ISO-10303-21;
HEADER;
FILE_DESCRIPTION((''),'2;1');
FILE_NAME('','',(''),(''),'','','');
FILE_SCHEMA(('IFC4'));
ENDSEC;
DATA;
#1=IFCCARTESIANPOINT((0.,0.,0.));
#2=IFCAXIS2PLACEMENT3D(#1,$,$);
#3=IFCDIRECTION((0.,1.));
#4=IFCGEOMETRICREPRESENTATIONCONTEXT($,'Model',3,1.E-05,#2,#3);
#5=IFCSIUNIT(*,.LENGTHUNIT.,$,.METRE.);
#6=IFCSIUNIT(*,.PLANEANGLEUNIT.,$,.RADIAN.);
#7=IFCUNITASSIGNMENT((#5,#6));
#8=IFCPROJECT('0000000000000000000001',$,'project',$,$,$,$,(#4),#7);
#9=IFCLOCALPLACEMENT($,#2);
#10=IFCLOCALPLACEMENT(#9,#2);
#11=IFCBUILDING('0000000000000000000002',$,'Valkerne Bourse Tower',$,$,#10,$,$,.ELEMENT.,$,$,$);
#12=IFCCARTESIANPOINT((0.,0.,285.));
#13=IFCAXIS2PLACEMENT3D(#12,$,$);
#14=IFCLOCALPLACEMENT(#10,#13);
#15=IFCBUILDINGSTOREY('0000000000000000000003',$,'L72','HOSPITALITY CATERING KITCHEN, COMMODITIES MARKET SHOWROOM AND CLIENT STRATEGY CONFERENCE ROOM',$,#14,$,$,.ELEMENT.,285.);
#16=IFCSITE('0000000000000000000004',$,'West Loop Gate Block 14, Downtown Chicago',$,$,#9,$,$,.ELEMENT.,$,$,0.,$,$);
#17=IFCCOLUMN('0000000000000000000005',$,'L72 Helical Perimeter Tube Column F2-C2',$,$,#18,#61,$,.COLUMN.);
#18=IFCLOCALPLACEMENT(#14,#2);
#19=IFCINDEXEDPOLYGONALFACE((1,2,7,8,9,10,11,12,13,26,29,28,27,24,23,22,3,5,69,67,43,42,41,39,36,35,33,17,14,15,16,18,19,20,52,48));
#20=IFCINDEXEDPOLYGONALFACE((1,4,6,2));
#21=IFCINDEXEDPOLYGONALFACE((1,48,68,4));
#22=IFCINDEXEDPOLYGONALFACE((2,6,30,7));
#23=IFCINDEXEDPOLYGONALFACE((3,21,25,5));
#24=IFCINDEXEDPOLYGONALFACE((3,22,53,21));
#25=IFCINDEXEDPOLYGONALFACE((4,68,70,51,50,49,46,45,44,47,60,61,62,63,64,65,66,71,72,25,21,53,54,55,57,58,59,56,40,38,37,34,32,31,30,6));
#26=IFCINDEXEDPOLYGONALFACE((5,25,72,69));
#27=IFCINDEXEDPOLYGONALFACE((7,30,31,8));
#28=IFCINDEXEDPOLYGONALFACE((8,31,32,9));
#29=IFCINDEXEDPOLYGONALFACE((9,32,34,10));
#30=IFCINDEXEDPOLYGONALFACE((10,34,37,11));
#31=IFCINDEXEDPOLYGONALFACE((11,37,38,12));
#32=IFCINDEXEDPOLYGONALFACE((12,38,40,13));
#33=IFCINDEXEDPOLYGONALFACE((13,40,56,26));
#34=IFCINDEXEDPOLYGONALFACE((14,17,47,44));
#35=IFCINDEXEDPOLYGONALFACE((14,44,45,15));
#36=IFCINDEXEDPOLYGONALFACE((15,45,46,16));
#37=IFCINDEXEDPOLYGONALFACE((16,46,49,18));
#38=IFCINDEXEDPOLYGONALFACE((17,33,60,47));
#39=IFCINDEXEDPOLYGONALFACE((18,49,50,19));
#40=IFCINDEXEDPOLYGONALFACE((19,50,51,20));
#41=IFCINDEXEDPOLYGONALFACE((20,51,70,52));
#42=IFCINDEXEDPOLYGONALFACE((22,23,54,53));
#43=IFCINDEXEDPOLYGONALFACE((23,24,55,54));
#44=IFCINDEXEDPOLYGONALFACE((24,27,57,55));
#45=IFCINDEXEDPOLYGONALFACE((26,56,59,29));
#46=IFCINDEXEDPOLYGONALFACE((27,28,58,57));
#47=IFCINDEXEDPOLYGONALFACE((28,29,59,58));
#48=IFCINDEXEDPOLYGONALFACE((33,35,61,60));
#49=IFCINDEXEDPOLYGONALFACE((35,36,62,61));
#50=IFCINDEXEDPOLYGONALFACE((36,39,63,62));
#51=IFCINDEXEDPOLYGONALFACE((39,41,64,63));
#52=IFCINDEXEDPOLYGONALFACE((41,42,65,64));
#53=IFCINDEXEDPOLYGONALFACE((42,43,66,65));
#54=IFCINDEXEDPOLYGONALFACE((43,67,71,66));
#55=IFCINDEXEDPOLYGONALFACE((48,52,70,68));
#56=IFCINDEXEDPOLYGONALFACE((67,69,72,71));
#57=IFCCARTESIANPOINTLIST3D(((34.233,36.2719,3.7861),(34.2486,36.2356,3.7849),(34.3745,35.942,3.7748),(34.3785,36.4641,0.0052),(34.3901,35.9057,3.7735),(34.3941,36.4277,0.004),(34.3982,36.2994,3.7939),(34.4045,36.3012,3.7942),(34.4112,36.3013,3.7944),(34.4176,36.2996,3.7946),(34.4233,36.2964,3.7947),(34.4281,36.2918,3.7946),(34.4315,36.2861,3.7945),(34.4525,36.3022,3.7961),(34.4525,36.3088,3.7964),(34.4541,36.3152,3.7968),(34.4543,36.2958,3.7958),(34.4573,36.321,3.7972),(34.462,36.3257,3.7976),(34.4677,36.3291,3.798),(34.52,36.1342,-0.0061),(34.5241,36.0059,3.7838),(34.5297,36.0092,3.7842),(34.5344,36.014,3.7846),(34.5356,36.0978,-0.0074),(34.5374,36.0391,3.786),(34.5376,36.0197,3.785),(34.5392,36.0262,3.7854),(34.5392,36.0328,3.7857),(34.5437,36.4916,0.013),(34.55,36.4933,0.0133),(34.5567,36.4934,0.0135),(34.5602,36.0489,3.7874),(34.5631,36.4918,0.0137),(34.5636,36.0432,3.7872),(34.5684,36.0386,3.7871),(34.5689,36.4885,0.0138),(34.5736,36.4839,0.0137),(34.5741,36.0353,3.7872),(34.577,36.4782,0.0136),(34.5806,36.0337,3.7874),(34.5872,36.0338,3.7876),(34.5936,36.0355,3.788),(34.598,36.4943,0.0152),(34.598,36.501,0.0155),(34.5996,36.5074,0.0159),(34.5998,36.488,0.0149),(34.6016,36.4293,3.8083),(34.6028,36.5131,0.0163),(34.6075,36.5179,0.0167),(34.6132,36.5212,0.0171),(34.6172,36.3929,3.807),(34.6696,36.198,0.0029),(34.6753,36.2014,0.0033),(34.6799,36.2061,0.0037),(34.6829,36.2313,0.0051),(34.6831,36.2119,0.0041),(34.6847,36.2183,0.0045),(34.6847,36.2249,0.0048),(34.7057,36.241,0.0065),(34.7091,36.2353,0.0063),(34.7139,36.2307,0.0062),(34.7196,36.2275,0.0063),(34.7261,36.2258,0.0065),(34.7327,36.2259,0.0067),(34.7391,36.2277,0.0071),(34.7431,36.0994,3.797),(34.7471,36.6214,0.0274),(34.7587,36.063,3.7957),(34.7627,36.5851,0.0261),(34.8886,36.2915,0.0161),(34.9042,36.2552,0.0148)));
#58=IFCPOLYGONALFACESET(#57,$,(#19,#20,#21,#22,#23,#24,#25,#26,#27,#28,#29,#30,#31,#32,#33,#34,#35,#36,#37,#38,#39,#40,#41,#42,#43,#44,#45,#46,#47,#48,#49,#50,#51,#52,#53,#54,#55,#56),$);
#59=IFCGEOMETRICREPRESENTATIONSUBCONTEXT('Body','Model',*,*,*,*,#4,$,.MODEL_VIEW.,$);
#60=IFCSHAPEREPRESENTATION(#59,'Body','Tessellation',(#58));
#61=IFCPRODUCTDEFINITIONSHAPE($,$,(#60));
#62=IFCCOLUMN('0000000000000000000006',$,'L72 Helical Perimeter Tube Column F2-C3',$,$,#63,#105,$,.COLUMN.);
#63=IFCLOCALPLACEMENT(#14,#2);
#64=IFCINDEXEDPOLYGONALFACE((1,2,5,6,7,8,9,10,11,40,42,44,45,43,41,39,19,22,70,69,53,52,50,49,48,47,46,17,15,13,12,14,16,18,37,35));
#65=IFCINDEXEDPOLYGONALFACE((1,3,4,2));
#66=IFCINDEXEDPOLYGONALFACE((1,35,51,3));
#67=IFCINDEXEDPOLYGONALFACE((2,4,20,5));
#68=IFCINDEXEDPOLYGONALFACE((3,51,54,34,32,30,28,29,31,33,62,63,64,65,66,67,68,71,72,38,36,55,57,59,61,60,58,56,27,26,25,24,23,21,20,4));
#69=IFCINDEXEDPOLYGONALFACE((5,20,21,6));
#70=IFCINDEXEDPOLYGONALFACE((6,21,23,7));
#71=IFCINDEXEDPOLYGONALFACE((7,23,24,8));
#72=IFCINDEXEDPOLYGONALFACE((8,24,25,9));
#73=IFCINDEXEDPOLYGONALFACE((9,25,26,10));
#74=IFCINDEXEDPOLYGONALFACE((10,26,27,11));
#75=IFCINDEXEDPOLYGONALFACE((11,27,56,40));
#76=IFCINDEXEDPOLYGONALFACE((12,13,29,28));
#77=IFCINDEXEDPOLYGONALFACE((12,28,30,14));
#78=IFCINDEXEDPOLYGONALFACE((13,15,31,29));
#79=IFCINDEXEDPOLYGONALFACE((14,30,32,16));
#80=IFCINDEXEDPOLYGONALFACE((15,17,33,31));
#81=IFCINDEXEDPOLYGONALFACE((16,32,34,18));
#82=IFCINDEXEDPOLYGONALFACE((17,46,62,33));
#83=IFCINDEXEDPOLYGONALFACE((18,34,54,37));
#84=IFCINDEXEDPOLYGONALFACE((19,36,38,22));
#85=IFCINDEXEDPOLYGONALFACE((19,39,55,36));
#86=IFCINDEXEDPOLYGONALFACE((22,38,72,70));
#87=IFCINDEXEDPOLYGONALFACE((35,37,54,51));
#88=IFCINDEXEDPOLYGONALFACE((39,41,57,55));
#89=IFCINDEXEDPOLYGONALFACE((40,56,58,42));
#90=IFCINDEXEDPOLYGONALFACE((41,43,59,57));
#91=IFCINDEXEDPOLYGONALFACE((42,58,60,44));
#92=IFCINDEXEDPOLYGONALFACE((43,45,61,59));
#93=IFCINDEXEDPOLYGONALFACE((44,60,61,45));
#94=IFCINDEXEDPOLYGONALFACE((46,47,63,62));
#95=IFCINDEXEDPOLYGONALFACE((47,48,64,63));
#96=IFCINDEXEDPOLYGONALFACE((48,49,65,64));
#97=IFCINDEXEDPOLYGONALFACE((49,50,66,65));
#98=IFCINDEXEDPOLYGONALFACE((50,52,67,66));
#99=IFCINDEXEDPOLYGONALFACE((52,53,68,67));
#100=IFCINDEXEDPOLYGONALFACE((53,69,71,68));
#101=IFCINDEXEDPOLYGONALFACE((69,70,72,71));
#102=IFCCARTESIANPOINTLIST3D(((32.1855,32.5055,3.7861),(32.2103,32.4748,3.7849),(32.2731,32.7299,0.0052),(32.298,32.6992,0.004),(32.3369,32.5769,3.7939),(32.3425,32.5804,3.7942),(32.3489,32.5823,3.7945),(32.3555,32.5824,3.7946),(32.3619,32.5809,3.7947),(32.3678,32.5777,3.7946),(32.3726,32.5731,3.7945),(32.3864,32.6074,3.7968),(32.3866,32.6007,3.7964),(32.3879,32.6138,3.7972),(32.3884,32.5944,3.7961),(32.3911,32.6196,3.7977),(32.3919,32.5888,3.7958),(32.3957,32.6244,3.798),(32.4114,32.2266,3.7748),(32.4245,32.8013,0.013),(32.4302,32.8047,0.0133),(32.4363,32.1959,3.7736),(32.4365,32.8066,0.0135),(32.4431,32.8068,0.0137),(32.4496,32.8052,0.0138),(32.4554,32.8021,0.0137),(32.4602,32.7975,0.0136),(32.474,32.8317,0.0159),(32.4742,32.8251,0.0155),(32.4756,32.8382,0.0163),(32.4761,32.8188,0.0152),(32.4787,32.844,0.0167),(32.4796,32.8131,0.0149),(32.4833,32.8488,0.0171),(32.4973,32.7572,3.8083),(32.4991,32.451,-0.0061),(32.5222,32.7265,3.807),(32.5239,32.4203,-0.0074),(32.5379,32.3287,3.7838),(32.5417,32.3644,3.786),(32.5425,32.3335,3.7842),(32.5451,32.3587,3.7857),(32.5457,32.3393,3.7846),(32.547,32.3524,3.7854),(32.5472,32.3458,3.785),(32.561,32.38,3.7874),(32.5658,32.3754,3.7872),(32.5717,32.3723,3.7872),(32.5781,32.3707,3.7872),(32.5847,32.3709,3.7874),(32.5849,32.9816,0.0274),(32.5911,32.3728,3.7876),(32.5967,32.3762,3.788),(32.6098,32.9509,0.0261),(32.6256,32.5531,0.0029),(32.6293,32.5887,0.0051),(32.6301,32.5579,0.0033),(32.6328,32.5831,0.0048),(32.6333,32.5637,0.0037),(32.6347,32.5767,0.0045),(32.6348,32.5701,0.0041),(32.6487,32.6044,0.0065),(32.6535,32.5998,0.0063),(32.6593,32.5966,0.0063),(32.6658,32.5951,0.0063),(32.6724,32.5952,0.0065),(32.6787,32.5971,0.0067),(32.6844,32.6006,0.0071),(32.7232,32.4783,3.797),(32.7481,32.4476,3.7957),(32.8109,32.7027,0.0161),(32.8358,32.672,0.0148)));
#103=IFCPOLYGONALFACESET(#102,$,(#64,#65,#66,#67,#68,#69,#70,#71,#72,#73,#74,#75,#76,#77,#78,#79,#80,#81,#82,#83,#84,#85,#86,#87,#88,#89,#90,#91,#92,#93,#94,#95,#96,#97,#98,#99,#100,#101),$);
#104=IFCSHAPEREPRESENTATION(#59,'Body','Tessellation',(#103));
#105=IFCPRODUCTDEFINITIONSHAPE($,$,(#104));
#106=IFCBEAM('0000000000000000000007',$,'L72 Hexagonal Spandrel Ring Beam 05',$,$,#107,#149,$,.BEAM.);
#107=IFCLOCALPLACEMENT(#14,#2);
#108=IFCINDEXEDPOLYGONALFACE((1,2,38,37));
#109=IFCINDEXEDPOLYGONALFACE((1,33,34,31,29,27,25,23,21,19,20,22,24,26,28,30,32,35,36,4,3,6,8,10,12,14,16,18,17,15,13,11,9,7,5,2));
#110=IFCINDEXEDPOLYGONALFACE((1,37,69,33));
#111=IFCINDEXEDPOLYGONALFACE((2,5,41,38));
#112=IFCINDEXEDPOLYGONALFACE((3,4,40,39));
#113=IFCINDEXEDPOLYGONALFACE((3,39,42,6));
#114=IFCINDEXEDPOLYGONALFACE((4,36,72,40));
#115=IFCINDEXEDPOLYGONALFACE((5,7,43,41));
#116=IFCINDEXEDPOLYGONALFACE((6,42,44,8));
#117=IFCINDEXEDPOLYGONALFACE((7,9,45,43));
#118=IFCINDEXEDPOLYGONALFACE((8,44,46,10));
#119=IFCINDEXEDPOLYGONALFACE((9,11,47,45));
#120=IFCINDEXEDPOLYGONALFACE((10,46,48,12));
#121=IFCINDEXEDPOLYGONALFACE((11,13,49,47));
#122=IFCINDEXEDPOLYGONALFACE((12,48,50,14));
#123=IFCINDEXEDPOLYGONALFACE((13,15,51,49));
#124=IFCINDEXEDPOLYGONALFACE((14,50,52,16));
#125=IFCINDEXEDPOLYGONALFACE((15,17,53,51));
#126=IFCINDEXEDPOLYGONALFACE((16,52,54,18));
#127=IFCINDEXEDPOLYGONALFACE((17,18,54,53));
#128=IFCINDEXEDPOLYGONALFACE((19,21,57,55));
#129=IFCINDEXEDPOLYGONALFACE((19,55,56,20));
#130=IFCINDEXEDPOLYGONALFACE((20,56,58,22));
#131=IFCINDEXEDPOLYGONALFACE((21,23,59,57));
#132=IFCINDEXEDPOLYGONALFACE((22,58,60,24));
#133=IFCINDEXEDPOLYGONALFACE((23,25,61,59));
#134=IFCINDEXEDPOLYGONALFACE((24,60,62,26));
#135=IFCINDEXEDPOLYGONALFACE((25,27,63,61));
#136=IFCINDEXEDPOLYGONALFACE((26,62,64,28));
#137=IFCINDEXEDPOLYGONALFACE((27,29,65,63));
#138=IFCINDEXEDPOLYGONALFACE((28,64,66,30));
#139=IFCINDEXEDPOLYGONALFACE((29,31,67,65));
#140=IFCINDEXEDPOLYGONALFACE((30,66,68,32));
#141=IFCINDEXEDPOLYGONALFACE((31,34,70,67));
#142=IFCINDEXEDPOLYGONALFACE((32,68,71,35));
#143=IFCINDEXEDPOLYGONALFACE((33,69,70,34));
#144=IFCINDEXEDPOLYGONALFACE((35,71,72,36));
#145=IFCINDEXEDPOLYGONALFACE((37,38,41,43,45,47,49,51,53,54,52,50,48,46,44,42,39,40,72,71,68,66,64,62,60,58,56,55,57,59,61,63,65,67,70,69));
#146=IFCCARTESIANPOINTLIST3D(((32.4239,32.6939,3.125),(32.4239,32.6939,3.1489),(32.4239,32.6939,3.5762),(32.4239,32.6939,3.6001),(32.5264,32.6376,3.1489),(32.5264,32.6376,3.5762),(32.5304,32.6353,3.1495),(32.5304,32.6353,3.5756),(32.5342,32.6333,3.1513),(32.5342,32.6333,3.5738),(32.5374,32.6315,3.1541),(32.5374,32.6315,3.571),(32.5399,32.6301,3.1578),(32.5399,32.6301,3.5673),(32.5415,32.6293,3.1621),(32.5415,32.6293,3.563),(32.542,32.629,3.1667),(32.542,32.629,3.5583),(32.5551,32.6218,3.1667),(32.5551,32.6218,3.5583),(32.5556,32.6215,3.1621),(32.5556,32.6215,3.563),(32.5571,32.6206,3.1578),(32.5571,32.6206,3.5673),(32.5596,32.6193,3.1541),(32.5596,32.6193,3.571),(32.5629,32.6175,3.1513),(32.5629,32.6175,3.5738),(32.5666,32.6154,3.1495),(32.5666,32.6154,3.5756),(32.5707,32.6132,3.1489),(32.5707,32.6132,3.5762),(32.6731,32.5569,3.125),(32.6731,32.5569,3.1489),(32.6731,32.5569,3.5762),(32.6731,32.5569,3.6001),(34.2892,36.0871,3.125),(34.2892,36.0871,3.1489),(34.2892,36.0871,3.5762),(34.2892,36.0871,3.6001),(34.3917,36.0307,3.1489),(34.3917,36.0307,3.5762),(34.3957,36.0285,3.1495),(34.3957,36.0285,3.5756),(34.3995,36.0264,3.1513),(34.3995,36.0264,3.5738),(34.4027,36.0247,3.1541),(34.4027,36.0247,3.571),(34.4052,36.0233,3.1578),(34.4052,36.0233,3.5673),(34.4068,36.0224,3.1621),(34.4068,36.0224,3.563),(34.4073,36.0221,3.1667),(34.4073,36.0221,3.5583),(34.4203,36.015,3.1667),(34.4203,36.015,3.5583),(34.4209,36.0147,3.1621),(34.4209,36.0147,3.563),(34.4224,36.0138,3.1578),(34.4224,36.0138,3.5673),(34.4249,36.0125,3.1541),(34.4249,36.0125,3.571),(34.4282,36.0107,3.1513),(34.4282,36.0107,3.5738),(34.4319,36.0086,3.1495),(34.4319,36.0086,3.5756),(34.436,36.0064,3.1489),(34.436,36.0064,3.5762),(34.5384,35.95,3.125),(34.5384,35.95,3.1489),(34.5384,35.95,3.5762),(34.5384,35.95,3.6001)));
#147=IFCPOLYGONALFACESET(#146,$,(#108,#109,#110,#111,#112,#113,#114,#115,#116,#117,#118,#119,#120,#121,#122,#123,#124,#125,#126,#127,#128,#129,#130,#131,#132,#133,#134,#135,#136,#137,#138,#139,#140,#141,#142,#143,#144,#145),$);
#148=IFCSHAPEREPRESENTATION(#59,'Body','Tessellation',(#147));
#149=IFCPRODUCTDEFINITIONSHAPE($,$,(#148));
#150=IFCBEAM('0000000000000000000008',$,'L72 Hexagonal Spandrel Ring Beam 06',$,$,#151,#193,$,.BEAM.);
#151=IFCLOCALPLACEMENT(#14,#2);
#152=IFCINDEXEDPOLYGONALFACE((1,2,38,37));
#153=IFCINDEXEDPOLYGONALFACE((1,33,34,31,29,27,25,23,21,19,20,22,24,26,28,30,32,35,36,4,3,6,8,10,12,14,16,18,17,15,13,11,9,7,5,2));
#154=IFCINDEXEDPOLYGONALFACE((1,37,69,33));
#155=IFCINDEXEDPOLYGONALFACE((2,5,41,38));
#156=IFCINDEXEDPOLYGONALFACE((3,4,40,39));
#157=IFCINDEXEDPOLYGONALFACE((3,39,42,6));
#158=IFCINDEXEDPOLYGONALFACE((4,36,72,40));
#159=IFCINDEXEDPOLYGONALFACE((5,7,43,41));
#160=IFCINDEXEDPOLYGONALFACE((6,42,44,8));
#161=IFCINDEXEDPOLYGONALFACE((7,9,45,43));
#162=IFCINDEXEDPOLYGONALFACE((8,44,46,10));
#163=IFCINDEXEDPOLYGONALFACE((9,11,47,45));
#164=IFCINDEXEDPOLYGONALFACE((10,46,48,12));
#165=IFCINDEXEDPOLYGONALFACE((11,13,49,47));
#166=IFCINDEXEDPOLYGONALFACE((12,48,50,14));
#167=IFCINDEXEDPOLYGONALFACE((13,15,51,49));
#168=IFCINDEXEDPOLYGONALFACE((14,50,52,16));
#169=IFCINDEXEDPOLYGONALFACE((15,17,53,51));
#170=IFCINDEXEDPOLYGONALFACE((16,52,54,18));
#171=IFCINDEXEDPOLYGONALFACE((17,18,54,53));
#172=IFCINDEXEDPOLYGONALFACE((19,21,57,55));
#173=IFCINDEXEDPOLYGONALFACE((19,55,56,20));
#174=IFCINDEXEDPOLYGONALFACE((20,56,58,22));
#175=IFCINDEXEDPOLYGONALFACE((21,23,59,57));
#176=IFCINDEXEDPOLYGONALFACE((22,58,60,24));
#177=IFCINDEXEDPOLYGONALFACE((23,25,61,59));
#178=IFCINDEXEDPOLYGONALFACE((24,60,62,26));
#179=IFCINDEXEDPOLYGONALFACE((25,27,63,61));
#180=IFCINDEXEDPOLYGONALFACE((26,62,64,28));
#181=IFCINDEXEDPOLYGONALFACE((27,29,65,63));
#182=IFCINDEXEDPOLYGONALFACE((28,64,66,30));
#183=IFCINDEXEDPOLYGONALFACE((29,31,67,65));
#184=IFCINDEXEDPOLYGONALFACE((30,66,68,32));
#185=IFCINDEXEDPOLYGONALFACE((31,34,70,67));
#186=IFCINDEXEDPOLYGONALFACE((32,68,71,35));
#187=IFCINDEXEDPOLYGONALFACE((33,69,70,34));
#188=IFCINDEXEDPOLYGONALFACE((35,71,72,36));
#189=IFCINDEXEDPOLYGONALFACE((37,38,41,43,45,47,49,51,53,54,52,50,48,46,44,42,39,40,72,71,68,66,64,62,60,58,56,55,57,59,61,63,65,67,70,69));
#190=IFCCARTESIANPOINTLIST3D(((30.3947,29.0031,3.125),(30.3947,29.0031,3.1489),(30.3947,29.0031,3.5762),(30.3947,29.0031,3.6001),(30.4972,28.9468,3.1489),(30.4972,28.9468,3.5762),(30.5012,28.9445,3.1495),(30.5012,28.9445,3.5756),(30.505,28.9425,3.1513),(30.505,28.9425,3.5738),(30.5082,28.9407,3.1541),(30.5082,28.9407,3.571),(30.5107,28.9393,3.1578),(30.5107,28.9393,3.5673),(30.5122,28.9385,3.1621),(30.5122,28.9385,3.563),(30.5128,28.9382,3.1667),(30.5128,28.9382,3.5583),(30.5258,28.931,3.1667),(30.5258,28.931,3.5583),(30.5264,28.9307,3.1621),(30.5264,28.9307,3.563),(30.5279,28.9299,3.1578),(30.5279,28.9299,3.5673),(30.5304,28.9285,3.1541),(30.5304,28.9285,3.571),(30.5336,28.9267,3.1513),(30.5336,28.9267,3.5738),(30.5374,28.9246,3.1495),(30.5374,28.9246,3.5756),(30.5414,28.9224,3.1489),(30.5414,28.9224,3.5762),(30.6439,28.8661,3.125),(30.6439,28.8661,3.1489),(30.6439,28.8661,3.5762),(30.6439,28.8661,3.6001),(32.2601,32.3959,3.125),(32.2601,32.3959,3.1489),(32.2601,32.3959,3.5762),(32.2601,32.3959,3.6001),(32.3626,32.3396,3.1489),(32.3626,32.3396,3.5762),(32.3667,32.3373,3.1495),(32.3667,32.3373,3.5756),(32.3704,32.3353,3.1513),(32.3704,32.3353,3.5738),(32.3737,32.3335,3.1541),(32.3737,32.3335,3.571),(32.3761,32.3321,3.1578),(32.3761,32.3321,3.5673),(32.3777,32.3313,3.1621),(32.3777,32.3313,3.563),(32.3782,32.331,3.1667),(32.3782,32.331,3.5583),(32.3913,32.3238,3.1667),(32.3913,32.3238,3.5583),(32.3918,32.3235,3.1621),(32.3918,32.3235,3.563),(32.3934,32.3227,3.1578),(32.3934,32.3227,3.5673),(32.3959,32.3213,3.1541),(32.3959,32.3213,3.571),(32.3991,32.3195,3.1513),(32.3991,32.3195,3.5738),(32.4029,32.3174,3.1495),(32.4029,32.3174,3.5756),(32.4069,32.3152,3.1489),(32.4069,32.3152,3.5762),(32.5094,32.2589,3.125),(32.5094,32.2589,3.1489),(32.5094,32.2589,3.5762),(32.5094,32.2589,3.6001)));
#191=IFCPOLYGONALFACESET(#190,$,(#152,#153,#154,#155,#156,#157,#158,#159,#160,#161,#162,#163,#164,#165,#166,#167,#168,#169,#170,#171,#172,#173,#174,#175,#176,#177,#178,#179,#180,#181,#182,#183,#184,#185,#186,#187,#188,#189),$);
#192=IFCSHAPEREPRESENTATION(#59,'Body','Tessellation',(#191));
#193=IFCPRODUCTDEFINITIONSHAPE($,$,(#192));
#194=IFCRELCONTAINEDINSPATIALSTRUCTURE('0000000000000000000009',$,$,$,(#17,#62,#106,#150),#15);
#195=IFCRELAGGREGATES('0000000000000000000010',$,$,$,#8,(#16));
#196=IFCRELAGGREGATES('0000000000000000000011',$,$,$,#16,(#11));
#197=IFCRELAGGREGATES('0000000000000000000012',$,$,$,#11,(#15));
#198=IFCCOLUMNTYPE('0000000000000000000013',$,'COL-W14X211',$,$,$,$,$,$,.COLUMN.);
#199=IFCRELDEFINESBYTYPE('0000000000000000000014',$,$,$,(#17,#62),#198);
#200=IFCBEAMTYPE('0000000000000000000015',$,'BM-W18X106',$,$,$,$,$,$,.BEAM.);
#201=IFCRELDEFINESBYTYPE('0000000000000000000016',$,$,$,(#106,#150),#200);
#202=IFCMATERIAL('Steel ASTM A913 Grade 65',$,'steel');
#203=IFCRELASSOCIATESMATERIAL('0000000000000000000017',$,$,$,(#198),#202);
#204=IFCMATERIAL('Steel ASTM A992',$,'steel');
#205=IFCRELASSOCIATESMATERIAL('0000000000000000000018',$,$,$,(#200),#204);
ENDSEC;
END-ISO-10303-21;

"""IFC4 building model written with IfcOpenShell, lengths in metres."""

from ifc_helpers import new_model, si_unit, direction, frame, origin, origin_2d, place, context, subcontext, project, spatial, i_section, extrude, material, material_profile, profile_set, type_object, element, save


model = new_model("IFC4")

# Units and contexts
model_context = context("Model", 3, precision=1e-05, world=origin(), true_north=direction((0.0, 1.0)))
body_context = subcontext(model_context, "Body", "Model", "MODEL_VIEW")
ifc_project = project(units=[si_unit("LENGTHUNIT", "METRE"), si_unit("PLANEANGLEUNIT", "RADIAN")], contexts=[model_context])

# Site, building, storey
site_placement = place(None, origin())
site = spatial("IfcSite", under=ifc_project, at=site_placement, Name="West Loop Gate Block 14, Downtown Chicago", CompositionType="ELEMENT", RefElevation=0.0)
building_placement = place(site_placement, origin())
building = spatial("IfcBuilding", under=site, at=building_placement, Name="Valkerne Bourse Tower", CompositionType="ELEMENT")
storey_placement = place(building_placement, frame((0.0, 0.0, 285.0)))
storey = spatial("IfcBuildingStorey", under=building, at=storey_placement, Name="L72", Description="HOSPITALITY CATERING KITCHEN, COMMODITIES MARKET SHOWROOM AND CLIENT STRATEGY CONFERENCE ROOM", CompositionType="ELEMENT", Elevation=285.0)

# Columns
ifc_material_1 = material(Name="Steel ASTM A913 Grade 65", Category="steel")
ifc_material_profile_1 = material_profile(ifc_material_1, i_section(OverallWidth=0.4014, OverallDepth=0.3987, WebThickness=0.0249, FlangeThickness=0.0396, FilletRadius=0.0254, at=origin_2d()), Name="W14X211")
ifc_profile_set_1 = profile_set([ifc_material_profile_1], Name="Steel ASTM A913 Grade 65")
column_type = type_object("IfcColumnType", Name="COL-W14X211", PredefinedType="COLUMN", material=ifc_profile_set_1)
for number, where, z_axis, x_axis, name in (
    (1, (34.6414, 36.3596, 0.01), (-0.038406, -0.050714, 0.997974), (-0.918326, -0.391948, -0.055258), "L72 Helical Perimeter Tube Column F2-C2"),
    (2, (32.5544, 32.7009, 0.01), (-0.023134, -0.05922, 0.997977), (-0.77692, -0.627172, -0.055226), "L72 Helical Perimeter Tube Column F2-C3"),
):
    element("IfcColumn", number, at=place(storey_placement, frame(where, z_axis=z_axis, x_axis=x_axis)), inside=storey, type_object=column_type, Name=name, PredefinedType="COLUMN", context=body_context, shape_type="SweptSolid", body=[
        extrude(i_section(OverallWidth=0.4014, OverallDepth=0.3987, WebThickness=0.0249, FlangeThickness=0.0396, FilletRadius=0.0254, at=origin_2d()), origin(), (0.0, 0.0, 1.0), 3.7886),
    ])

# Beams
ifc_material_2 = material(Name="Steel ASTM A992", Category="steel")
ifc_material_profile_2 = material_profile(ifc_material_2, i_section(OverallWidth=0.2844, OverallDepth=0.4751, WebThickness=0.0149, FlangeThickness=0.0239, FilletRadius=0.0178, at=origin_2d()), Name="W18X106")
ifc_profile_set_2 = profile_set([ifc_material_profile_2], Name="Steel ASTM A992")
beam_type_1 = type_object("IfcBeamType", Name="BM-W18X106", PredefinedType="BEAM", material=ifc_profile_set_2)
beam_1_placement = place(storey_placement, frame((34.4138, 36.0186, 3.3625), z_axis=(-0.48173, -0.87632, 0.0), x_axis=(0.87632, -0.48173, 0.0)))
element("IfcBeam", 3, at=beam_1_placement, inside=storey, type_object=beam_type_1, Name="L72 Hexagonal Spandrel Ring Beam 05", PredefinedType="BEAM", context=body_context, shape_type="SweptSolid", body=[
    extrude(i_section(OverallWidth=0.2844, OverallDepth=0.4751, WebThickness=0.0149, FlangeThickness=0.0239, FilletRadius=0.0178, at=origin_2d()), origin(), (0.0, 0.0, 1.0), 3.8721),
])
beam_2_placement = place(storey_placement, frame((32.3848, 32.3274, 3.3625), z_axis=(-0.481805, -0.876278, 0.0), x_axis=(0.876278, -0.481805, 0.0)))
element("IfcBeam", 4, at=beam_2_placement, inside=storey, type_object=beam_type_1, Name="L72 Hexagonal Spandrel Ring Beam 06", PredefinedType="BEAM", context=body_context, shape_type="SweptSolid", body=[
    extrude(i_section(OverallWidth=0.2844, OverallDepth=0.4751, WebThickness=0.0149, FlangeThickness=0.0239, FilletRadius=0.0178, at=origin_2d()), origin(), (0.0, 0.0, 1.0), 3.8718),
])

save(model, "model.ifc")
